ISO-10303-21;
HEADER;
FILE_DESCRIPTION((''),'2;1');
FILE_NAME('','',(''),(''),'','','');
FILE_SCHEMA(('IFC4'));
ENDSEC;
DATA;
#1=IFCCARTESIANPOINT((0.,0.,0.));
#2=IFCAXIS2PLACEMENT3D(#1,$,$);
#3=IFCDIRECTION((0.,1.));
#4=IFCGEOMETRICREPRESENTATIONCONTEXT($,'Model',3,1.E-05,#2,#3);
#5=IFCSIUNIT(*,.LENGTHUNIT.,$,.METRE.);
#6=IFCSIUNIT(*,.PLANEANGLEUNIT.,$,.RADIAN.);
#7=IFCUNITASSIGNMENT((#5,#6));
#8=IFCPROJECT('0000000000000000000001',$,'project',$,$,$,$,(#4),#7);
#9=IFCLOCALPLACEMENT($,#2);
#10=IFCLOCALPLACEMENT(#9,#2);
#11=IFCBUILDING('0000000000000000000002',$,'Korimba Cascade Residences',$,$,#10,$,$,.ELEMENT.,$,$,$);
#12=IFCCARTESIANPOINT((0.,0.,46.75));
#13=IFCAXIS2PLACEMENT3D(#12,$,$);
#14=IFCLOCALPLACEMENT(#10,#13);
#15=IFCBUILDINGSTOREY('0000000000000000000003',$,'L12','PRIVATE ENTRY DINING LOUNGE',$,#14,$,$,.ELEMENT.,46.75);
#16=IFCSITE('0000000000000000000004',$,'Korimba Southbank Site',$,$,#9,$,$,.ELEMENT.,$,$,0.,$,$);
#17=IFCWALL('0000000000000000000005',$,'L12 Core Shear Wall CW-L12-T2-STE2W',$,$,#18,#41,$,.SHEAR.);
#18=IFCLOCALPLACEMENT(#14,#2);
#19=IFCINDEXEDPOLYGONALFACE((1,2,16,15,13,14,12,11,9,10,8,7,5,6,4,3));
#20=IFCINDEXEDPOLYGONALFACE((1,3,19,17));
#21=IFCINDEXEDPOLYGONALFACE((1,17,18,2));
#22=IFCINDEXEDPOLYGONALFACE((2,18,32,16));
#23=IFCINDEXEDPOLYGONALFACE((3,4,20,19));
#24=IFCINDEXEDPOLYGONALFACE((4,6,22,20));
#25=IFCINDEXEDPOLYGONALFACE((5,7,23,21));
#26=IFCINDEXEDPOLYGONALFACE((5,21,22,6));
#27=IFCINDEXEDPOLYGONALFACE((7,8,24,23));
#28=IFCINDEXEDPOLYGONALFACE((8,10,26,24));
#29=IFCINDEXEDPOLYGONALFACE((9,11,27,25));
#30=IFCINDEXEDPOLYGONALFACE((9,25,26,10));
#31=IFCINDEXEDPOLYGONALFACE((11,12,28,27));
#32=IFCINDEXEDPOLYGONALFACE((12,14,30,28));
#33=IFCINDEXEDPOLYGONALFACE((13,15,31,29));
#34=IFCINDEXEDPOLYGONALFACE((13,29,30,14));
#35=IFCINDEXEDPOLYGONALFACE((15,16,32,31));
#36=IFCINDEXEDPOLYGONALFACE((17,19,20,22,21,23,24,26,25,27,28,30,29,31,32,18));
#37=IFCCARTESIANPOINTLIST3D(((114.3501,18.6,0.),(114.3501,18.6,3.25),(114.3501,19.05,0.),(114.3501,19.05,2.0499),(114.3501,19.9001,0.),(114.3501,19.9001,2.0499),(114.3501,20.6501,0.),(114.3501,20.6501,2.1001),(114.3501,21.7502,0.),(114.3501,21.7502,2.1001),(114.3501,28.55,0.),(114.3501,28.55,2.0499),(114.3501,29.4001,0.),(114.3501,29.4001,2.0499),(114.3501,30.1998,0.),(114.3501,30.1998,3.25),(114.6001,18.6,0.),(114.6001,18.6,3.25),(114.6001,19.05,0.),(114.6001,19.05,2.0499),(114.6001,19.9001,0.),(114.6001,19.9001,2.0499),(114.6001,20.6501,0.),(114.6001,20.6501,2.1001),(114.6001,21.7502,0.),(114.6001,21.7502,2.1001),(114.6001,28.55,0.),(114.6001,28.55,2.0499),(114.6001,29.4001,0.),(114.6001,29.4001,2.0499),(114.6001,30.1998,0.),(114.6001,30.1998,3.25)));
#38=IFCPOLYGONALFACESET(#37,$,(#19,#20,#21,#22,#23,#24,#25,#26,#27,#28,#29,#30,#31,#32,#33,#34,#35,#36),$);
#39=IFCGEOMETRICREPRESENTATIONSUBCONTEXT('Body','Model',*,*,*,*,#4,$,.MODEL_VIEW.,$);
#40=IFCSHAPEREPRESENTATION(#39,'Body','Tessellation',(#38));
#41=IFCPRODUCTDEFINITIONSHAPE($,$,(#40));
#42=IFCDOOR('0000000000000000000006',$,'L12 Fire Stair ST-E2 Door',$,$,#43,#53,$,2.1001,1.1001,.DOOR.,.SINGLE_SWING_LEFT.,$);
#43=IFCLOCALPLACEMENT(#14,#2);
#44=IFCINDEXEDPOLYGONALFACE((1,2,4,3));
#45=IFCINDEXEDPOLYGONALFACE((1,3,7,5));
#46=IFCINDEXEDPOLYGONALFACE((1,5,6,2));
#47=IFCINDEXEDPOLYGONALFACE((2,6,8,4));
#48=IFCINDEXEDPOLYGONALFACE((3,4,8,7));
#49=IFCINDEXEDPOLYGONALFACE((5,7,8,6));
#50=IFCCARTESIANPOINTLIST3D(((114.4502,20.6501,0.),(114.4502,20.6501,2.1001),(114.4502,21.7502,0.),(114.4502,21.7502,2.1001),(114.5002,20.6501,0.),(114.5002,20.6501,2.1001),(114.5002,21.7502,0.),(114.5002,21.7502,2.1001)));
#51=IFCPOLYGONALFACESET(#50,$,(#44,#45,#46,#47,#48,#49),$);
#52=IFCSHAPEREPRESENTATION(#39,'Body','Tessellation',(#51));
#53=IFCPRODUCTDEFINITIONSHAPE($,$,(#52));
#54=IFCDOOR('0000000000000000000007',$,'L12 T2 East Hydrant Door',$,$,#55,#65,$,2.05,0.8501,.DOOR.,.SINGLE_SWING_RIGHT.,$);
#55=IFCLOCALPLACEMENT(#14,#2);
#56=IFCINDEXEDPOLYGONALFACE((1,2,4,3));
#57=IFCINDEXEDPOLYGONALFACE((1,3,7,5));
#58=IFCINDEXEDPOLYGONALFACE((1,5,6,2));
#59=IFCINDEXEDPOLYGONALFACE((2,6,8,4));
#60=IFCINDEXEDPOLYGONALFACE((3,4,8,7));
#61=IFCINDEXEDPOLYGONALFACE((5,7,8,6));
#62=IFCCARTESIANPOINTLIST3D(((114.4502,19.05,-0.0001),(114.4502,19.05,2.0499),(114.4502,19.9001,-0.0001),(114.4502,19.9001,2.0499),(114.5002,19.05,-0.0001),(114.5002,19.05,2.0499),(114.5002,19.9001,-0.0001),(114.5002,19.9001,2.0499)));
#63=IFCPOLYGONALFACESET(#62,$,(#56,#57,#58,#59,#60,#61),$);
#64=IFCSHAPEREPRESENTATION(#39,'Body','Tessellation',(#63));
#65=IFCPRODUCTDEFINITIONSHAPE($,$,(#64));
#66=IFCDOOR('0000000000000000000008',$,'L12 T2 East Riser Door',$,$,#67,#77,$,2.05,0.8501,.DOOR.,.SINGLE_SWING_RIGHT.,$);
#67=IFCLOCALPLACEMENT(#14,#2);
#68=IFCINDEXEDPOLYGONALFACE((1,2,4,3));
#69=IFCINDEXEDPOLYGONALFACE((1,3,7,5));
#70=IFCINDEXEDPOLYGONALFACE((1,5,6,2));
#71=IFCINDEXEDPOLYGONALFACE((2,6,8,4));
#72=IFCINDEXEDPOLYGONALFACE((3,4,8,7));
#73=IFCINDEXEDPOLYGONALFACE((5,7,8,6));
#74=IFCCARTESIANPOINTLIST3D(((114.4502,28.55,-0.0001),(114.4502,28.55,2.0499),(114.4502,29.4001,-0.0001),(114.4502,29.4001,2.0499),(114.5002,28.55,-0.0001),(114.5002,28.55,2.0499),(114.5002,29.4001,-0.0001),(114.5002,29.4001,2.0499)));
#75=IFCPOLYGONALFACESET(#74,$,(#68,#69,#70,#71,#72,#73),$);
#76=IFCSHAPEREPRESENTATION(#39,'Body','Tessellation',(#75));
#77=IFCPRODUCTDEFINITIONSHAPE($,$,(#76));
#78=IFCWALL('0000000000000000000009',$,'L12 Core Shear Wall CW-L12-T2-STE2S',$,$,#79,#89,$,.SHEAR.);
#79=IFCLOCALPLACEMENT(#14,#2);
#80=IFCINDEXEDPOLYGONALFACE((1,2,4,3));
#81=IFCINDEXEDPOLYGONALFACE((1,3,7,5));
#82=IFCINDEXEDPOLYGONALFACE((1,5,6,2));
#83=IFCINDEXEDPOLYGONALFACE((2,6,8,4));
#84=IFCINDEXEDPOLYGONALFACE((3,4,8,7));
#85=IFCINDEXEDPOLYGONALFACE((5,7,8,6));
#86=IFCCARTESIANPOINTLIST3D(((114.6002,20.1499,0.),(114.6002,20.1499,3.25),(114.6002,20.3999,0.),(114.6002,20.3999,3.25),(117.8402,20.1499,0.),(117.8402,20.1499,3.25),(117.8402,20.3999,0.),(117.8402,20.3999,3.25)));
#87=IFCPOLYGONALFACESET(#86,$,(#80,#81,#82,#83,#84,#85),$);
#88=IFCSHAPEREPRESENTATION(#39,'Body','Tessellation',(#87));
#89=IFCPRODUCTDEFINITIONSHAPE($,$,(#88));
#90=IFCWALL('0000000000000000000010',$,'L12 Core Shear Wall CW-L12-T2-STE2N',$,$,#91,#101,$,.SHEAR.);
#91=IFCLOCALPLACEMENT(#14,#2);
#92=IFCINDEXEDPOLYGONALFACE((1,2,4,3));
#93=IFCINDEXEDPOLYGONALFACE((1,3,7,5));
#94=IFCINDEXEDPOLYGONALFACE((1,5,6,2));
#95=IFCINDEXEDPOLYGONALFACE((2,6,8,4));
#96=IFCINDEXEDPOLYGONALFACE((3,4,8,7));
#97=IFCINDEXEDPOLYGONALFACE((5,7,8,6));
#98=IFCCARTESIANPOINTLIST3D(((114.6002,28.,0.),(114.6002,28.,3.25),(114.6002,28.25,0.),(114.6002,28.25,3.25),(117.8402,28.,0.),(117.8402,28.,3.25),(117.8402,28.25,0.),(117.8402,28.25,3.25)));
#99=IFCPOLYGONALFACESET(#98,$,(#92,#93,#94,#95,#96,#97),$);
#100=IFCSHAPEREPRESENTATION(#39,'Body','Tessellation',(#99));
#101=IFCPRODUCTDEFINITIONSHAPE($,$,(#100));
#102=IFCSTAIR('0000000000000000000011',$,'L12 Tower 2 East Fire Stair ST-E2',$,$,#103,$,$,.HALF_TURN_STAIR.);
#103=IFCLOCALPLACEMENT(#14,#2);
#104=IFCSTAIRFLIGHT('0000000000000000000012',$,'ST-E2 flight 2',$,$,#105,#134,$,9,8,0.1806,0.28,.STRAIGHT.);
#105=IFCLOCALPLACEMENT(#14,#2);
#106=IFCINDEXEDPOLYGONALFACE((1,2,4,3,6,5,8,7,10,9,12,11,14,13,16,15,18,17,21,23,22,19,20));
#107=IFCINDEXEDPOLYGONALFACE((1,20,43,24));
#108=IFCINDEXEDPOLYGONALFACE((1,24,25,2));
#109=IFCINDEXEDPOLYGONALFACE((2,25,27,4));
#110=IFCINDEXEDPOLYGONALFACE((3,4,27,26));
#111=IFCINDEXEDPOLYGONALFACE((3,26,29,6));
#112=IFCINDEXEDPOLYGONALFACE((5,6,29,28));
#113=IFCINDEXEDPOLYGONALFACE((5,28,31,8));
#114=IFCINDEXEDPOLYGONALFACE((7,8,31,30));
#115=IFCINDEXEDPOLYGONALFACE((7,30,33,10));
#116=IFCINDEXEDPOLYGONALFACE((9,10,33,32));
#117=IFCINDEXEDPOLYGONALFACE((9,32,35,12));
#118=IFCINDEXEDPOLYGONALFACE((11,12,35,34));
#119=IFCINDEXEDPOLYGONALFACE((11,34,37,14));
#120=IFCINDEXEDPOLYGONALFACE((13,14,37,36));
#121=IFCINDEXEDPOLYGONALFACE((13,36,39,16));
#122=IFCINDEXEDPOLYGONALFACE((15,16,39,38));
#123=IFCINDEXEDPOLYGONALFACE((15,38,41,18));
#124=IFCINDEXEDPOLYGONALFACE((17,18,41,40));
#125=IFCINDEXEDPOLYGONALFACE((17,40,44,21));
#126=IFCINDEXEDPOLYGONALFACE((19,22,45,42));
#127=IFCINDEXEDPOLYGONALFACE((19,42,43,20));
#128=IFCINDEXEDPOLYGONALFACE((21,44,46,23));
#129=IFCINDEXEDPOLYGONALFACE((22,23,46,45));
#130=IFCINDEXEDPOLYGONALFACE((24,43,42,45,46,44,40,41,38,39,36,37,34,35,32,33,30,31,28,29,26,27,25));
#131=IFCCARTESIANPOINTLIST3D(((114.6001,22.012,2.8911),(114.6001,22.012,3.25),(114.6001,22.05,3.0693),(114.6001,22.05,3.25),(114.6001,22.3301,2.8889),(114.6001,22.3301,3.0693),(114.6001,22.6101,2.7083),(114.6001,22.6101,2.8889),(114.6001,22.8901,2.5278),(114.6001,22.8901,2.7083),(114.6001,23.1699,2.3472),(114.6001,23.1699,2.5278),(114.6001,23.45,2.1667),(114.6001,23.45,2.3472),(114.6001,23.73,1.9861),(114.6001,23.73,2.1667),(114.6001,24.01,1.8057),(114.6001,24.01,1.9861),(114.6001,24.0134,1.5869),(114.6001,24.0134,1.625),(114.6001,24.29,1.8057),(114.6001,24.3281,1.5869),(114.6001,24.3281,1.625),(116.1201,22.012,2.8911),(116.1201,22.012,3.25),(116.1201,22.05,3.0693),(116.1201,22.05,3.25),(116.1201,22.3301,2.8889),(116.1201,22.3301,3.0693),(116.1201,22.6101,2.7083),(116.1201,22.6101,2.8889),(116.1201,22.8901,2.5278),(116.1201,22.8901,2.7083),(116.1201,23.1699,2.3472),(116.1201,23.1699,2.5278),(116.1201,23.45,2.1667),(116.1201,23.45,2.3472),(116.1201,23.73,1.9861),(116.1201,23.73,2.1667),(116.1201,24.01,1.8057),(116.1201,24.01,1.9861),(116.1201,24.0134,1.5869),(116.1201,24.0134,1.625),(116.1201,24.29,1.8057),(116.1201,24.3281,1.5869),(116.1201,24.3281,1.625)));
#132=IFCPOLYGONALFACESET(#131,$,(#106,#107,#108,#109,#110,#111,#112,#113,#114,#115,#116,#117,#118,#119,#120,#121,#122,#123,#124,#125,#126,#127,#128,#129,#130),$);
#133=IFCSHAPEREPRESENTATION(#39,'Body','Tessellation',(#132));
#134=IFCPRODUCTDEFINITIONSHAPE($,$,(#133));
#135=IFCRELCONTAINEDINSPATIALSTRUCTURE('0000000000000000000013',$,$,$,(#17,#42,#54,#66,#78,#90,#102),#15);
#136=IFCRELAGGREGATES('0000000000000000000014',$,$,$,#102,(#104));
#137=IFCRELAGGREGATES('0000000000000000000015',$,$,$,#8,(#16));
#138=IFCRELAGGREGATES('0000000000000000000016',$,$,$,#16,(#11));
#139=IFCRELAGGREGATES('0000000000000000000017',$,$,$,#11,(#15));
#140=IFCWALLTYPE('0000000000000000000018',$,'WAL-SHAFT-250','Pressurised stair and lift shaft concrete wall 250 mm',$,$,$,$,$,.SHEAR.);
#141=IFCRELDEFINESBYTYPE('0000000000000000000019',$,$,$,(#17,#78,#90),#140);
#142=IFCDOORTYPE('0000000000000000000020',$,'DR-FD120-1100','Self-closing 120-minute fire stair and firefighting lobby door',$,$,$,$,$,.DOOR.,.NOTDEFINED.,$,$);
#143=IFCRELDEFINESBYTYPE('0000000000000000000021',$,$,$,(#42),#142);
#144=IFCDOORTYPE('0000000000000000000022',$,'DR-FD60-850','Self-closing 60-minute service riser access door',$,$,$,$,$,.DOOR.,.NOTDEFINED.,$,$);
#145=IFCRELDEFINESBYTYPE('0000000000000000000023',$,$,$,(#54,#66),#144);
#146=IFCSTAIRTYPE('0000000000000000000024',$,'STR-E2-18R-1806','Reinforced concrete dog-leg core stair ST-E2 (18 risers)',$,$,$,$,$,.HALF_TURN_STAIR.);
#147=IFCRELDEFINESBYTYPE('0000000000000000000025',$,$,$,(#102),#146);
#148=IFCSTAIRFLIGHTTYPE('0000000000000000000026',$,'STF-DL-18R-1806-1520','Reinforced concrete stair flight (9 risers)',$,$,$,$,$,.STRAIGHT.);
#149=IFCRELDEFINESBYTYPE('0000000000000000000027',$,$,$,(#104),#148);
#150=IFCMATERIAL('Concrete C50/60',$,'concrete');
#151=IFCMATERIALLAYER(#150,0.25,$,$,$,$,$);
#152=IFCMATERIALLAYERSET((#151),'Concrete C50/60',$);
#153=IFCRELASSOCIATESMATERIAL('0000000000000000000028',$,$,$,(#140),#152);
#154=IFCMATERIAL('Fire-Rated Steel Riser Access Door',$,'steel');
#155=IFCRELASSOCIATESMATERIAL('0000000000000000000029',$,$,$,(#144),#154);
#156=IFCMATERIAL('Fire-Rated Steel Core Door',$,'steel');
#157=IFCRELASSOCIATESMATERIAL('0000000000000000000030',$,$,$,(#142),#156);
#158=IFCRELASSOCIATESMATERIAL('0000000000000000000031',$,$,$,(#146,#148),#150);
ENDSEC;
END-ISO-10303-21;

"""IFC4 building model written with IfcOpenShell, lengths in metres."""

from ifc_helpers import new_model, si_unit, direction, frame, frame_2d, origin, place, context, subcontext, project, spatial, polyline, rectangle, outline, extrude, material, layer, layer_set, type_object, element, fill, aggregate, save


model = new_model("IFC4")

# Units and contexts
model_context = context("Model", 3, precision=1e-05, world=origin(), true_north=direction((0.0, 1.0)))
body_context = subcontext(model_context, "Body", "Model", "MODEL_VIEW")
ifc_project = project(units=[si_unit("LENGTHUNIT", "METRE"), si_unit("PLANEANGLEUNIT", "RADIAN")], contexts=[model_context])

# Site, building, storey
site_placement = place(None, origin())
site = spatial("IfcSite", under=ifc_project, at=site_placement, Name="Korimba Southbank Site", CompositionType="ELEMENT", RefElevation=0.0)
building_placement = place(site_placement, origin())
building = spatial("IfcBuilding", under=site, at=building_placement, Name="Korimba Cascade Residences", CompositionType="ELEMENT")
storey_placement = place(building_placement, frame((0.0, 0.0, 46.75)))
storey = spatial("IfcBuildingStorey", under=building, at=storey_placement, Name="L12", Description="PRIVATE ENTRY DINING LOUNGE", CompositionType="ELEMENT", Elevation=46.75)

# Shared definitions
ifc_material_1 = material(Name="Concrete C50/60", Category="concrete")

# Shared definitions
ifc_layer_1 = layer(ifc_material_1, 0.25)
ifc_layer_set_1 = layer_set([ifc_layer_1], Name="Concrete C50/60")
wall_type_1 = type_object("IfcWallType", Name="WAL-SHAFT-250", Description="Pressurised stair and lift shaft concrete wall 250 mm", PredefinedType="SHEAR", material=ifc_layer_set_1)

# Shared definitions
ifc_material_2 = material(Name="Fire-Rated Steel Riser Access Door", Category="steel")
door_type_1 = type_object("IfcDoorType", Name="DR-FD60-850", Description="Self-closing 60-minute service riser access door", OperationType="NOTDEFINED", PredefinedType="DOOR", material=ifc_material_2)

# Wall, openings, doors
wall_1_placement = place(storey_placement, frame((114.4751, 18.6001, 0.0), z_axis=(0.0, 0.0, 1.0), x_axis=(0.0, 1.0, 0.0)))
wall_1 = element("IfcWall", 1, at=wall_1_placement, inside=storey, type_object=wall_type_1, Name="L12 Core Shear Wall CW-L12-T2-STE2W", PredefinedType="SHEAR", context=body_context, shape_type="SweptSolid", body=[
    extrude(rectangle(XDim=11.5999, YDim=0.25, at=frame_2d((5.7998, 0.0))), origin(), (0.0, 0.0, 1.0), 3.25),
])
opening_1_placement = place(wall_1_placement, frame((0.45, 0.0, 0.0)))
opening_1 = element("IfcOpeningElement", 2, at=opening_1_placement, cuts=wall_1, PredefinedType="OPENING", context=body_context, shape_type="SweptSolid", body=[
    extrude(rectangle(XDim=0.8501, YDim=2.05, at=frame_2d((0.425, 1.0249))), frame((0.0, 0.135, 0.0), z_axis=(0.0, -1.0, 0.0), x_axis=(1.0, 0.0, 0.0)), (0.0, 0.0, 1.0), 0.27),
])
opening_2_placement = place(wall_1_placement, frame((2.05, 0.0, 0.0)))
opening_2 = element("IfcOpeningElement", 3, at=opening_2_placement, cuts=wall_1, PredefinedType="OPENING", context=body_context, shape_type="SweptSolid", body=[
    extrude(rectangle(XDim=1.1001, YDim=2.1001, at=frame_2d((0.55, 1.05))), frame((0.0, 0.135, 0.0), z_axis=(0.0, -1.0, 0.0), x_axis=(1.0, 0.0, 0.0)), (0.0, 0.0, 1.0), 0.27),
])
opening_3_placement = place(wall_1_placement, frame((9.95, 0.0, 0.0)))
opening_3 = element("IfcOpeningElement", 4, at=opening_3_placement, cuts=wall_1, PredefinedType="OPENING", context=body_context, shape_type="SweptSolid", body=[
    extrude(rectangle(XDim=0.8501, YDim=2.05, at=frame_2d((0.425, 1.0249))), frame((0.0, 0.135, 0.0), z_axis=(0.0, -1.0, 0.0), x_axis=(1.0, 0.0, 0.0)), (0.0, 0.0, 1.0), 0.27),
])
ifc_material_3 = material(Name="Fire-Rated Steel Core Door", Category="steel")
door_type_2 = type_object("IfcDoorType", Name="DR-FD120-1100", Description="Self-closing 120-minute fire stair and firefighting lobby door", OperationType="NOTDEFINED", PredefinedType="DOOR", material=ifc_material_3)
door_1_placement = place(opening_2_placement, origin())
door_1 = element("IfcDoor", 5, at=door_1_placement, inside=storey, type_object=door_type_2, Name="L12 Fire Stair ST-E2 Door", OperationType="SINGLE_SWING_LEFT", OverallHeight=2.1001, OverallWidth=1.1001, PredefinedType="DOOR", context=body_context, shape_type="SweptSolid", body=[
    extrude(rectangle(XDim=1.1001, YDim=2.1001, at=frame_2d((0.55, 1.05))), frame((0.0, 0.0249, 0.0), z_axis=(0.0, -1.0, 0.0), x_axis=(1.0, 0.0, 0.0)), (0.0, 0.0, 1.0), 0.05),
])
fill(opening_2, door_1)
door_2_placement = place(opening_1_placement, origin())
door_2 = element("IfcDoor", 6, at=door_2_placement, inside=storey, type_object=door_type_1, Name="L12 T2 East Hydrant Door", OperationType="SINGLE_SWING_RIGHT", OverallHeight=2.05, OverallWidth=0.8501, PredefinedType="DOOR", context=body_context, shape_type="SweptSolid", body=[
    extrude(rectangle(XDim=0.8501, YDim=2.05, at=frame_2d((0.425, 1.0249))), frame((0.0, 0.0249, 0.0), z_axis=(0.0, -1.0, 0.0), x_axis=(1.0, 0.0, 0.0)), (0.0, 0.0, 1.0), 0.05),
])
fill(opening_1, door_2)
door_3_placement = place(opening_3_placement, origin())
door_3 = element("IfcDoor", 7, at=door_3_placement, inside=storey, type_object=door_type_1, Name="L12 T2 East Riser Door", OperationType="SINGLE_SWING_RIGHT", OverallHeight=2.05, OverallWidth=0.8501, PredefinedType="DOOR", context=body_context, shape_type="SweptSolid", body=[
    extrude(rectangle(XDim=0.8501, YDim=2.05, at=frame_2d((0.425, 1.0249))), frame((0.0, 0.0249, 0.0), z_axis=(0.0, -1.0, 0.0), x_axis=(1.0, 0.0, 0.0)), (0.0, 0.0, 1.0), 0.05),
])
fill(opening_3, door_3)

# Walls
for number, where, z_axis, x_axis, name in (
    (8, (114.6001, 20.2749, 0.0), (0.0, 0.0, 1.0), (1.0, 0.0, 0.0), "L12 Core Shear Wall CW-L12-T2-STE2S"),
    (9, (114.6001, 28.125, 0.0), (0.0, 0.0, 1.0), (1.0, 0.0, 0.0), "L12 Core Shear Wall CW-L12-T2-STE2N"),
):
    element("IfcWall", number, at=place(storey_placement, frame(where, z_axis=z_axis, x_axis=x_axis)), inside=storey, type_object=wall_type_1, Name=name, PredefinedType="SHEAR", context=body_context, shape_type="SweptSolid", body=[
        extrude(rectangle(XDim=3.24, YDim=0.25, at=frame_2d((1.6201, 0.0))), origin(), (0.0, 0.0, 1.0), 3.25),
    ])

# Stair, stair flight
stair_type = type_object("IfcStairType", Name="STR-E2-18R-1806", Description="Reinforced concrete dog-leg core stair ST-E2 (18 risers)", PredefinedType="HALF_TURN_STAIR", material=ifc_material_1)
stair_placement = place(storey_placement, origin())
stair = element("IfcStair", 10, at=stair_placement, inside=storey, type_object=stair_type, Name="L12 Tower 2 East Fire Stair ST-E2", PredefinedType="HALF_TURN_STAIR")
stair_flight_type = type_object("IfcStairFlightType", Name="STF-DL-18R-1806-1520", Description="Reinforced concrete stair flight (9 risers)", PredefinedType="STRAIGHT", material=ifc_material_1)
stair_flight_placement = place(storey_placement, frame((115.3601, 24.29, 1.625), z_axis=(0.0, 0.0, 1.0), x_axis=(0.0, -1.0, 0.0)))
stair_flight = element("IfcStairFlight", 11, at=stair_flight_placement, type_object=stair_flight_type, Name="ST-E2 flight 2", NumberOfRisers=9, NumberOfTreads=8, PredefinedType="STRAIGHT", RiserHeight=0.1806, TreadLength=0.28, context=body_context, shape_type="SweptSolid", body=[
    extrude(outline(polyline([(-0.0381, 0.0), (0.0, 0.1807), (0.28, 0.1807), (0.28, 0.3611), (0.5601, 0.3611), (0.5601, 0.5417), (0.8401, 0.5417), (0.8401, 0.7222), (1.1201, 0.7222), (1.1201, 0.9028), (1.3999, 0.9028), (1.3999, 1.0833), (1.6799, 1.0833), (1.6799, 1.2639), (1.96, 1.2639), (1.96, 1.4443), (2.24, 1.4443), (2.24, 1.625), (2.2781, 1.625), (2.2781, 1.2661), (0.2766, 0.0), (0.2766, -0.0381), (-0.0381, -0.0381), (-0.0381, 0.0)])), frame((0.0, 0.76, 0.0), z_axis=(0.0, -1.0, 0.0), x_axis=(1.0, 0.0, 0.0)), (0.0, 0.0, 1.0), 1.52),
])
aggregate(stair, [stair_flight])

save(model, "model.ifc")
